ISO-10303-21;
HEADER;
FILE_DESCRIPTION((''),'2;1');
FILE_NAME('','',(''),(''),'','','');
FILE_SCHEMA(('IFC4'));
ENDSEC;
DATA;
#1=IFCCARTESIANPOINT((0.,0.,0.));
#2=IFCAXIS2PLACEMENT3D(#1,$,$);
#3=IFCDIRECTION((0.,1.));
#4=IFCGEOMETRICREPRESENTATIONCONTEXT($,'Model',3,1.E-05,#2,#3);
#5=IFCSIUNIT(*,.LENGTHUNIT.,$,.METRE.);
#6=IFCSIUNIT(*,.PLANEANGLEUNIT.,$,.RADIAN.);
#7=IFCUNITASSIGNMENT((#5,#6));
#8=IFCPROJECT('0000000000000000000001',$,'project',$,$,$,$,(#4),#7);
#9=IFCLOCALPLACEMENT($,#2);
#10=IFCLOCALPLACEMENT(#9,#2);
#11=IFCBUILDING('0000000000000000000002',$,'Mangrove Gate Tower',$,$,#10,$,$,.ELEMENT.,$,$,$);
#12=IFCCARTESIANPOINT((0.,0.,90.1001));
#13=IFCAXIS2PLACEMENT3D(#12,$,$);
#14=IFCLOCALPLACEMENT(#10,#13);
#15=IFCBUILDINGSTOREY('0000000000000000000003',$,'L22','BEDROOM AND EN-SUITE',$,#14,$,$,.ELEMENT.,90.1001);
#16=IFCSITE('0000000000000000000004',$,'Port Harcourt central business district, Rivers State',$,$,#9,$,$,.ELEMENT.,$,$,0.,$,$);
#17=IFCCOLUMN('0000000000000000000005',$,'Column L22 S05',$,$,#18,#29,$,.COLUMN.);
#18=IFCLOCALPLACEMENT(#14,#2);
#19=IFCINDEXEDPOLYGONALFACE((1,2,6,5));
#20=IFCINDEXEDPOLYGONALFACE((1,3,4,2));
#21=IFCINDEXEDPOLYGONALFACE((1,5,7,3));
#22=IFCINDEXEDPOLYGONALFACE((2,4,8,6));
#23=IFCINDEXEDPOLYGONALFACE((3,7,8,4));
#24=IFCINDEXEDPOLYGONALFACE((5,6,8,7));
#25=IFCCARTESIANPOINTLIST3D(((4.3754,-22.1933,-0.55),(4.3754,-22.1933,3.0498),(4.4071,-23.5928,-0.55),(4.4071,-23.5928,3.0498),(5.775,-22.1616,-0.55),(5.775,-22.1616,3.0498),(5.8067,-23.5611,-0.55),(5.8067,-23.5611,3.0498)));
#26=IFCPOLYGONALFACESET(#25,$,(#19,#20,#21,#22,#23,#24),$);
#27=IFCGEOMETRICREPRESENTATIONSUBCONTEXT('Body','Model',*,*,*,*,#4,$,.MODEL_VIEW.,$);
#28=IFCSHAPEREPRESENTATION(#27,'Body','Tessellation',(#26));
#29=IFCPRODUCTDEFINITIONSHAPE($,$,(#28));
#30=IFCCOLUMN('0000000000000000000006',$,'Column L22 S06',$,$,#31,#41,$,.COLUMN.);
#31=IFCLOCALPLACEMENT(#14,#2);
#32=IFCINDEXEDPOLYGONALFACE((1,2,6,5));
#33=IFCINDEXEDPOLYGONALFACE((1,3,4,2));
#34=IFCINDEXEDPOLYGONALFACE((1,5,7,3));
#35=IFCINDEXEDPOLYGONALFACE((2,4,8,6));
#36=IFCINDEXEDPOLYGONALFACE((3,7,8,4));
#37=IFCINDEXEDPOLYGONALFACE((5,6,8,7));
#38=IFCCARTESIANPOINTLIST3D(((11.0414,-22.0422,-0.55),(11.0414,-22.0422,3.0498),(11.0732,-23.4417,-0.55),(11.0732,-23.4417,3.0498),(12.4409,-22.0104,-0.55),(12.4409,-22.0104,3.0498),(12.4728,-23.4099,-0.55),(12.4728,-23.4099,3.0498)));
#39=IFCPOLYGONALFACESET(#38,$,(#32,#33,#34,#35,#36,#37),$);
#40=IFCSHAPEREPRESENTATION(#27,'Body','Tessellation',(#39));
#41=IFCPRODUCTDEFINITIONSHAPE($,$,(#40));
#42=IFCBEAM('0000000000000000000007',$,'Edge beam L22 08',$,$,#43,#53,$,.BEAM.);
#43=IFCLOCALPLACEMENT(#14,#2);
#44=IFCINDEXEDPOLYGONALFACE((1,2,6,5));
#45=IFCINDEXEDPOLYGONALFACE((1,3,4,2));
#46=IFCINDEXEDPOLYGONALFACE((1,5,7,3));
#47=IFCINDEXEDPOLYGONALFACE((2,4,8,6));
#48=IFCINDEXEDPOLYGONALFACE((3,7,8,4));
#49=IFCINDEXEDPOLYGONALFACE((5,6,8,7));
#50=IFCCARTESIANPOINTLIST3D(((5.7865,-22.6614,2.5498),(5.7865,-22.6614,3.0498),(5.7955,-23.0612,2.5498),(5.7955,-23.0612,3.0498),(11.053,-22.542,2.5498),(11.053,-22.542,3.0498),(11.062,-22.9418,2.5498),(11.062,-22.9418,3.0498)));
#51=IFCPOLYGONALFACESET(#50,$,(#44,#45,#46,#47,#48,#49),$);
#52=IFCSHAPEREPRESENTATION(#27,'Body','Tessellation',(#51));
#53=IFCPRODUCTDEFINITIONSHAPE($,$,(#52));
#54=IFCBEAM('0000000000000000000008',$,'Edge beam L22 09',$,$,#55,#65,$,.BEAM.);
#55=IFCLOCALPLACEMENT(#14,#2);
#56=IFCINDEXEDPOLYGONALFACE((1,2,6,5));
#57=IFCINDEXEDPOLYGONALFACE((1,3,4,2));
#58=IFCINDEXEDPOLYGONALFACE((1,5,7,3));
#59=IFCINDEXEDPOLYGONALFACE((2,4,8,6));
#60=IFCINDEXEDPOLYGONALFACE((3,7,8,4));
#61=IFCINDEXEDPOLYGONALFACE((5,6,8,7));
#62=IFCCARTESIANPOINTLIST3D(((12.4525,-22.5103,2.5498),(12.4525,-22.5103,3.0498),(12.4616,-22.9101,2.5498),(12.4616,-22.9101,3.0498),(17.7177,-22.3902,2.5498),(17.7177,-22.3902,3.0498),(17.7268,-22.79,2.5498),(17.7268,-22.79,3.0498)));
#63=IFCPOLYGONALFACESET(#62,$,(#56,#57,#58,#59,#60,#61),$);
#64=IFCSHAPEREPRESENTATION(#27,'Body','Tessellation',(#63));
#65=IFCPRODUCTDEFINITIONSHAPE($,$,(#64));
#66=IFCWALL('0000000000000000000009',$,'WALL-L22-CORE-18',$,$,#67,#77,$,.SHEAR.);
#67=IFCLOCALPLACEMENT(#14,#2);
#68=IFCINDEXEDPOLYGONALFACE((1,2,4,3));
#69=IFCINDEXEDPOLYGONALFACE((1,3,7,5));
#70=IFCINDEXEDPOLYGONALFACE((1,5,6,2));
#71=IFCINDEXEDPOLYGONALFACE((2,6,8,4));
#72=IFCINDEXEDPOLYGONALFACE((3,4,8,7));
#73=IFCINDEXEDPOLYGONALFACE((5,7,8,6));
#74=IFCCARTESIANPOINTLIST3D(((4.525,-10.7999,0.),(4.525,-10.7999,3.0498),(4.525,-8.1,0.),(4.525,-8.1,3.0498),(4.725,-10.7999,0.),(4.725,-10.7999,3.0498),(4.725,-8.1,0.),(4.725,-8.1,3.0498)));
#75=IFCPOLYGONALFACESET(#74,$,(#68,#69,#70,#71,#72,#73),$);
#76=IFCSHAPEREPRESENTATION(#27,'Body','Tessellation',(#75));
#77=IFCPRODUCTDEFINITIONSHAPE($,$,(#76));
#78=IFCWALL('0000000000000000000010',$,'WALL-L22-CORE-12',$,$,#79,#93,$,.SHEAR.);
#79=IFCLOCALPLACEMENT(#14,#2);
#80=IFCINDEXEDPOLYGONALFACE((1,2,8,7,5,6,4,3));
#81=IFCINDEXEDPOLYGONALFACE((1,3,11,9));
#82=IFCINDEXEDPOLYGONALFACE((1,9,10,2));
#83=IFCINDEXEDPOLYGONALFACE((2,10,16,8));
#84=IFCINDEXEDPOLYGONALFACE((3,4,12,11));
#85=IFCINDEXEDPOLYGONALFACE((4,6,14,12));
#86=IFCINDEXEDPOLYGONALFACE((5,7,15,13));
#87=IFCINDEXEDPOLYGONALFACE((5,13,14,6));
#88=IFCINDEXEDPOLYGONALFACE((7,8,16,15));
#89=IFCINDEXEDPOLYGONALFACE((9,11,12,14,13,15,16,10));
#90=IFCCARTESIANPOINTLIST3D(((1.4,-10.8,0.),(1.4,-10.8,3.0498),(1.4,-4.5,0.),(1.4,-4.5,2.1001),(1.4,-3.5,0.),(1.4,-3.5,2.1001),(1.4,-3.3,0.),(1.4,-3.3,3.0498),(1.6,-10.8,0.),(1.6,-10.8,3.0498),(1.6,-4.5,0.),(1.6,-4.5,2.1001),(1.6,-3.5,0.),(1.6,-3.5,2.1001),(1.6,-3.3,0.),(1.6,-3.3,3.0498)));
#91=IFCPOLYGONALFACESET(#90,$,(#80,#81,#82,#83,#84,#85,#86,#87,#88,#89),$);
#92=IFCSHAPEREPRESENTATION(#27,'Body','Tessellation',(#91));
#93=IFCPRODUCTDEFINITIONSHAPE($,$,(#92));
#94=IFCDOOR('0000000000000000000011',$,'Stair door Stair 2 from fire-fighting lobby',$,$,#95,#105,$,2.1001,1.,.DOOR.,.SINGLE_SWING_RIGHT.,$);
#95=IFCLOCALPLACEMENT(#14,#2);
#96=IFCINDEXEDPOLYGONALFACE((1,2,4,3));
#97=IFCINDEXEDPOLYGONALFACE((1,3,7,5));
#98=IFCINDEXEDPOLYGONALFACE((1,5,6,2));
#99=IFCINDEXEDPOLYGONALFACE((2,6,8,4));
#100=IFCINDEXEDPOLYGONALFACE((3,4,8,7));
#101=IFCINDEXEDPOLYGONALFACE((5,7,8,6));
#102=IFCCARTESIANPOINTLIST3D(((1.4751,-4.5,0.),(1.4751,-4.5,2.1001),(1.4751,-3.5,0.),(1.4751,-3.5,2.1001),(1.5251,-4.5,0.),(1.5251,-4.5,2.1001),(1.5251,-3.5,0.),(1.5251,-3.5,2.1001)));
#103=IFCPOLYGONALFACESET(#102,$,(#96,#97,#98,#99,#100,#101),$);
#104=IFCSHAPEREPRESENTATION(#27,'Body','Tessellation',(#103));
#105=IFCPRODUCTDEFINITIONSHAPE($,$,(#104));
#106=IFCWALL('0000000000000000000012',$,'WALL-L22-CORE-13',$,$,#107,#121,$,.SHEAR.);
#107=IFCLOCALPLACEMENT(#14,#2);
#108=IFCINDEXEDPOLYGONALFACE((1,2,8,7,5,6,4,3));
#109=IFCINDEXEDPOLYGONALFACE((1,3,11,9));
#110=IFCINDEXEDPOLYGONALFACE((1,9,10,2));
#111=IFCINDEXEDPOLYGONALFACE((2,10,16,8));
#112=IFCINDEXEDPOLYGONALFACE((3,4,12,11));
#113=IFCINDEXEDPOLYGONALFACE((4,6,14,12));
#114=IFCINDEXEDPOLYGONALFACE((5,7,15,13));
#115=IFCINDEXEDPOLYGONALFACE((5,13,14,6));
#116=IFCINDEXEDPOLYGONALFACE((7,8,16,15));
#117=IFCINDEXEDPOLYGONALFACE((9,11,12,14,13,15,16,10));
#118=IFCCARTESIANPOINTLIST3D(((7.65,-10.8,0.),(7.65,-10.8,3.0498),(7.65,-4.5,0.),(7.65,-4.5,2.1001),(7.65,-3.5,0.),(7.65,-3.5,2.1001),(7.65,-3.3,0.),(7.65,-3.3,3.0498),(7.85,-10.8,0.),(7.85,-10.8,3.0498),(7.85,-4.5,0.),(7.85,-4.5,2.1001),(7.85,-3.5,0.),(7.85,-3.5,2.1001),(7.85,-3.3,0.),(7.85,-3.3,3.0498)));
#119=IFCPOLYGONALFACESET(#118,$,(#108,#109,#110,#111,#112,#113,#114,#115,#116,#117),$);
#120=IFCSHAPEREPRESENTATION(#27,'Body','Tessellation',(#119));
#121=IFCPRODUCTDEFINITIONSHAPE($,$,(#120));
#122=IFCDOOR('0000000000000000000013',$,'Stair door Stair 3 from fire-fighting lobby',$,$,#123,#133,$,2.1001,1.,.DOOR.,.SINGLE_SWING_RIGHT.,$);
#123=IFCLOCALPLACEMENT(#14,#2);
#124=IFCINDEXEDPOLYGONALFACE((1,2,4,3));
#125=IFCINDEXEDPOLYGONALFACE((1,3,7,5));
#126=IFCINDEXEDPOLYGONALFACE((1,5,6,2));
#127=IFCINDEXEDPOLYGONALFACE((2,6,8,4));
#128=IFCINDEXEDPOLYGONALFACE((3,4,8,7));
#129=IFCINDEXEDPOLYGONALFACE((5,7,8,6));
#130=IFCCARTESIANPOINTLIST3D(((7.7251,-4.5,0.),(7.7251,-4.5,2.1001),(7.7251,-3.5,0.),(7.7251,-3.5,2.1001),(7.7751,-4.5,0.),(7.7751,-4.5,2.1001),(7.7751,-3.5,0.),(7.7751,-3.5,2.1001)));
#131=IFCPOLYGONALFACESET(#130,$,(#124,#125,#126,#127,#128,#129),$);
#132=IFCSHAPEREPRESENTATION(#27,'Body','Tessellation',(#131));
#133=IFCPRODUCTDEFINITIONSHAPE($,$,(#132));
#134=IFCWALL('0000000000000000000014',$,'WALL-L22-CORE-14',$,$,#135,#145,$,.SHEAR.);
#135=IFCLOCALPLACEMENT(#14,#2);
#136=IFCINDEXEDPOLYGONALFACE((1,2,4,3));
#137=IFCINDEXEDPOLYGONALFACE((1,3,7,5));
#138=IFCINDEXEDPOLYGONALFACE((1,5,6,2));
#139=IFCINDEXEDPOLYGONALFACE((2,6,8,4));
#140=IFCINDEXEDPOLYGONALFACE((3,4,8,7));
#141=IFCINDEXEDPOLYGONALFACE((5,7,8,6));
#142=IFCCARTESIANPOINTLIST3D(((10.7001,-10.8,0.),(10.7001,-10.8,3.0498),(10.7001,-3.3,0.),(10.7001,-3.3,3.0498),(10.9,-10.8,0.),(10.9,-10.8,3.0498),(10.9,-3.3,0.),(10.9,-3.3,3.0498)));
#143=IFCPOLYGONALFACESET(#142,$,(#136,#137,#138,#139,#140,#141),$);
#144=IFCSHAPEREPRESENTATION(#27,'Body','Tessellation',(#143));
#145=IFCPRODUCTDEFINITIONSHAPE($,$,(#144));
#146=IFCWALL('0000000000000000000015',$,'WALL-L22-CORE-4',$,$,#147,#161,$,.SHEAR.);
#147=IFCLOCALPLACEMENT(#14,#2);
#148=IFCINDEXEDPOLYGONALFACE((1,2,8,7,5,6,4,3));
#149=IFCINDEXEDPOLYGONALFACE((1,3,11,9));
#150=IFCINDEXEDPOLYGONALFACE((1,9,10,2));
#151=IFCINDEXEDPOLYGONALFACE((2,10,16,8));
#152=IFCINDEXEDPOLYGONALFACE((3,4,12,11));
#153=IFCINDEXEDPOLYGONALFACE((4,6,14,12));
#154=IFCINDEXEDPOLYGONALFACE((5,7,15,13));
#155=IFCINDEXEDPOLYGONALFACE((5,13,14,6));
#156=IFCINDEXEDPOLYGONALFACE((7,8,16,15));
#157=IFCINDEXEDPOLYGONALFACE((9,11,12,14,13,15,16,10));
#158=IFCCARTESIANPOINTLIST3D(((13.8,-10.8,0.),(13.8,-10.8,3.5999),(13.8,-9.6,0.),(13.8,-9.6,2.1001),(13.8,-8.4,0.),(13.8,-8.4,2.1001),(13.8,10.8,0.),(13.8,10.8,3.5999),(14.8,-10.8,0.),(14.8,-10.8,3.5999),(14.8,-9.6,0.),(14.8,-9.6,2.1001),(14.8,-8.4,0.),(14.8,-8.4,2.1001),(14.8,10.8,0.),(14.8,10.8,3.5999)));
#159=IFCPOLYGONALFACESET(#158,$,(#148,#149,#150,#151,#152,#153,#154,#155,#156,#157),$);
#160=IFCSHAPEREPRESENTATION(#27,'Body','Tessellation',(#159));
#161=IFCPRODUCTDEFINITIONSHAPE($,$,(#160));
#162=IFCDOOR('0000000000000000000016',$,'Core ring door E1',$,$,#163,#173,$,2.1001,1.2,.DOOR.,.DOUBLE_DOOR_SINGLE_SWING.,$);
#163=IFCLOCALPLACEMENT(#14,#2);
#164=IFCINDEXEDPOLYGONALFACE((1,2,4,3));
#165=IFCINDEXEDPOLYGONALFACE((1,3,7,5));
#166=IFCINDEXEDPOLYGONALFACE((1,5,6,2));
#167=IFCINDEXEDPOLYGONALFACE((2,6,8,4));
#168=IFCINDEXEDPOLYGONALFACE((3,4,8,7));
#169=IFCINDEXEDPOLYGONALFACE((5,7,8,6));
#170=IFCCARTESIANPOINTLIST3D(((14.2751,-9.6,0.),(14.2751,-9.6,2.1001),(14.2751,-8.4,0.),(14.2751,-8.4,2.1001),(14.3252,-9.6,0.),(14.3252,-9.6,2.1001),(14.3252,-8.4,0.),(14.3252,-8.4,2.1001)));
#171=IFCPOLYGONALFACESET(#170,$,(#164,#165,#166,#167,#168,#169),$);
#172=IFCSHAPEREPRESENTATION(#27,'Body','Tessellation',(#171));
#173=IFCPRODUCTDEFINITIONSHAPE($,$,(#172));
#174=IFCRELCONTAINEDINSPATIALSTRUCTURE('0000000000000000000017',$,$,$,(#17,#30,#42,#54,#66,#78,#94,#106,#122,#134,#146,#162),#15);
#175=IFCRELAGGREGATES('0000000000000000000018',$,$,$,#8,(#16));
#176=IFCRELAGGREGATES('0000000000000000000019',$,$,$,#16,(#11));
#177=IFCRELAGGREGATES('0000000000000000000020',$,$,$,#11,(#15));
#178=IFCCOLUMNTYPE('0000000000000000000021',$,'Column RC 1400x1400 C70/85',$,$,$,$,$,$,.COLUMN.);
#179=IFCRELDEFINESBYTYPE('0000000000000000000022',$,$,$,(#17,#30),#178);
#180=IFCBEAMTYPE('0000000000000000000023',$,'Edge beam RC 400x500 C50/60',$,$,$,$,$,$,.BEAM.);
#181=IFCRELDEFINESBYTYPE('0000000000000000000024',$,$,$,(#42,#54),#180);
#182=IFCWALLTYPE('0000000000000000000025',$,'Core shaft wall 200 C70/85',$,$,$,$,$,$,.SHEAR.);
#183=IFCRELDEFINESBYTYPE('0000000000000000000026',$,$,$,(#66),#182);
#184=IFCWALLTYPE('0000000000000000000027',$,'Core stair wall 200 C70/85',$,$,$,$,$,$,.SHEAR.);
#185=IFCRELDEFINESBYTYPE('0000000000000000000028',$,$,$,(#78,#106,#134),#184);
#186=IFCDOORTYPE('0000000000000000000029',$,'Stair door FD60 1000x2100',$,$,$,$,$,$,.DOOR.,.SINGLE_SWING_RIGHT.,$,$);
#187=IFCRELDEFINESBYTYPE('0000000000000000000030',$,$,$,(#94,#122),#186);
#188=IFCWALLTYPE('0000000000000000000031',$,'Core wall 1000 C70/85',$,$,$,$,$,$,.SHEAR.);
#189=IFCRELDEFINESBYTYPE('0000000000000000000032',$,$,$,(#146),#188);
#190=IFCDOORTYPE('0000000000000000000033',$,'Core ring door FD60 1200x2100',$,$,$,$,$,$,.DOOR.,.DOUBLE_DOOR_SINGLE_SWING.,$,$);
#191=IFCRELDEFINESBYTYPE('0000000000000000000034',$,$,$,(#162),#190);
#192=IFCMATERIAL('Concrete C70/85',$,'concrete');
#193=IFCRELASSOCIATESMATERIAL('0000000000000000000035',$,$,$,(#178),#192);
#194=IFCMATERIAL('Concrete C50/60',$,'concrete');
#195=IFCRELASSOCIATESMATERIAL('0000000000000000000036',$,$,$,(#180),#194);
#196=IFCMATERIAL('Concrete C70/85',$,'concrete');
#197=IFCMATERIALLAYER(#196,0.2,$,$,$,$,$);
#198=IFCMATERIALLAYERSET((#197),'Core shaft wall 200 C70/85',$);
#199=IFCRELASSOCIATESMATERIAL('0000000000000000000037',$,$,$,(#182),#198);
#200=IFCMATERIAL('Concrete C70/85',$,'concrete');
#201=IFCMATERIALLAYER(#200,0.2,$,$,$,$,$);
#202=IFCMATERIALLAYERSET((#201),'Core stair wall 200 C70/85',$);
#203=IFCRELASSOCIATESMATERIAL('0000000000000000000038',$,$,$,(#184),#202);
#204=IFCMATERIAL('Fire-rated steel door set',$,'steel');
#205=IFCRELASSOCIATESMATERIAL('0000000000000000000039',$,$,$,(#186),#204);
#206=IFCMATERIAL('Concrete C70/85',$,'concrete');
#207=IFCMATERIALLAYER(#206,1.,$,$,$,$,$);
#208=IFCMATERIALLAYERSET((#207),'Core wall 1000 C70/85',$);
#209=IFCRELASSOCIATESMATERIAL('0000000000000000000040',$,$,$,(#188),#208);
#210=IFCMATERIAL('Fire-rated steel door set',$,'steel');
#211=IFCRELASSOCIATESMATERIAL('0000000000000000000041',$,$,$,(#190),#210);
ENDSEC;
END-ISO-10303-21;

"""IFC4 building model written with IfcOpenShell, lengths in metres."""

from ifc_helpers import new_model, si_unit, direction, frame, frame_2d, origin, origin_2d, place, context, subcontext, project, spatial, rectangle, extrude, material, layer, layer_set, material_profile, profile_set, type_object, element, fill, save


model = new_model("IFC4")

# Units and contexts
model_context = context("Model", 3, precision=1e-05, world=origin(), true_north=direction((0.0, 1.0)))
body_context = subcontext(model_context, "Body", "Model", "MODEL_VIEW")
ifc_project = project(units=[si_unit("LENGTHUNIT", "METRE"), si_unit("PLANEANGLEUNIT", "RADIAN")], contexts=[model_context])

# Site, building, storey
site_placement = place(None, origin())
site = spatial("IfcSite", under=ifc_project, at=site_placement, Name="Port Harcourt central business district, Rivers State", CompositionType="ELEMENT", RefElevation=0.0)
building_placement = place(site_placement, origin())
building = spatial("IfcBuilding", under=site, at=building_placement, Name="Mangrove Gate Tower", CompositionType="ELEMENT")
storey_placement = place(building_placement, frame((0.0, 0.0, 90.1001)))
storey = spatial("IfcBuildingStorey", under=building, at=storey_placement, Name="L22", Description="BEDROOM AND EN-SUITE", CompositionType="ELEMENT", Elevation=90.1001)

# Columns
ifc_material_1 = material(Name="Concrete C70/85", Category="concrete")
ifc_material_profile_1 = material_profile(ifc_material_1, rectangle(XDim=1.3999, YDim=1.3999, at=origin_2d()))
ifc_profile_set_1 = profile_set([ifc_material_profile_1], Name="Concrete C70/85")
column_type = type_object("IfcColumnType", Name="Column RC 1400x1400 C70/85", PredefinedType="COLUMN", material=ifc_profile_set_1)
for number, where, z_axis, x_axis, name in (
    (1, (5.0911, -22.8772, -0.55), (0.0, 0.0, 1.0), (0.999744, 0.022646, 0.0), "Column L22 S05"),
    (2, (11.7571, -22.7261, -0.55), (0.0, 0.0, 1.0), (0.999742, 0.022723, 0.0), "Column L22 S06"),
):
    element("IfcColumn", number, at=place(storey_placement, frame(where, z_axis=z_axis, x_axis=x_axis)), inside=storey, type_object=column_type, Name=name, PredefinedType="COLUMN", context=body_context, shape_type="SweptSolid", body=[
        extrude(rectangle(XDim=1.3999, YDim=1.3999, at=origin_2d()), origin(), (0.0, 0.0, 1.0), 3.5999),
    ])

# Beams
ifc_material_2 = material(Name="Concrete C50/60", Category="concrete")
ifc_material_profile_2 = material_profile(ifc_material_2, rectangle(XDim=0.3999, YDim=0.5, at=origin_2d()))
ifc_profile_set_2 = profile_set([ifc_material_profile_2], Name="Concrete C50/60")
beam_type = type_object("IfcBeamType", Name="Edge beam RC 400x500 C50/60", PredefinedType="BEAM", material=ifc_profile_set_2)
beam_1_placement = place(storey_placement, frame((5.791, -22.8613, 2.7998), z_axis=(0.999743, 0.022664, 0.0), x_axis=(-0.022664, 0.999743, 0.0)))
element("IfcBeam", 3, at=beam_1_placement, inside=storey, type_object=beam_type, Name="Edge beam L22 08", PredefinedType="BEAM", context=body_context, shape_type="SweptSolid", body=[
    extrude(rectangle(XDim=0.3999, YDim=0.5, at=origin_2d()), origin(), (0.0, 0.0, 1.0), 5.2678),
])
beam_2_placement = place(storey_placement, frame((12.457, -22.7102, 2.7998), z_axis=(0.99974, 0.022808, 0.0), x_axis=(-0.022808, 0.99974, 0.0)))
element("IfcBeam", 4, at=beam_2_placement, inside=storey, type_object=beam_type, Name="Edge beam L22 09", PredefinedType="BEAM", context=body_context, shape_type="SweptSolid", body=[
    extrude(rectangle(XDim=0.3999, YDim=0.5, at=origin_2d()), origin(), (0.0, 0.0, 1.0), 5.2666),
])

# Wall
ifc_material_3 = material(Name="Concrete C70/85", Category="concrete")
ifc_layer_1 = layer(ifc_material_3, 0.2)
ifc_layer_set_1 = layer_set([ifc_layer_1], Name="Core shaft wall 200 C70/85")
wall_type_1 = type_object("IfcWallType", Name="Core shaft wall 200 C70/85", PredefinedType="SHEAR", material=ifc_layer_set_1)
wall_1_placement = place(storey_placement, frame((4.625, -10.8, 0.0), z_axis=(0.0, 0.0, 1.0), x_axis=(0.0, 1.0, 0.0)))
element("IfcWall", 5, at=wall_1_placement, inside=storey, type_object=wall_type_1, Name="WALL-L22-CORE-18", PredefinedType="SHEAR", context=body_context, shape_type="SweptSolid", body=[
    extrude(rectangle(XDim=2.7, YDim=0.2, at=frame_2d((1.3501, 0.0))), origin(), (0.0, 0.0, 1.0), 3.0498),
])

# Walls, openings, doors
ifc_material_4 = material(Name="Concrete C70/85", Category="concrete")
ifc_layer_2 = layer(ifc_material_4, 0.2)
ifc_layer_set_2 = layer_set([ifc_layer_2], Name="Core stair wall 200 C70/85")
wall_type_2 = type_object("IfcWallType", Name="Core stair wall 200 C70/85", PredefinedType="SHEAR", material=ifc_layer_set_2)
wall_2_placement = place(storey_placement, frame((1.5, -10.8, 0.0), z_axis=(0.0, 0.0, 1.0), x_axis=(0.0, 1.0, 0.0)))
wall_2 = element("IfcWall", 6, at=wall_2_placement, inside=storey, type_object=wall_type_2, Name="WALL-L22-CORE-12", PredefinedType="SHEAR", context=body_context, shape_type="SweptSolid", body=[
    extrude(rectangle(XDim=7.5, YDim=0.2, at=frame_2d((3.75, 0.0))), origin(), (0.0, 0.0, 1.0), 3.0498),
])
opening_1_placement = place(wall_2_placement, frame((6.3, 0.0, 0.0)))
opening_1 = element("IfcOpeningElement", 7, at=opening_1_placement, cuts=wall_2, PredefinedType="OPENING", context=body_context, shape_type="SweptSolid", body=[
    extrude(rectangle(XDim=1.0, YDim=2.1001, at=frame_2d((0.5, 1.05))), frame((0.0, 0.1099, 0.0), z_axis=(0.0, -1.0, 0.0), x_axis=(1.0, 0.0, 0.0)), (0.0, 0.0, 1.0), 0.22),
])
ifc_material_5 = material(Name="Fire-rated steel door set", Category="steel")
door_type_1 = type_object("IfcDoorType", Name="Stair door FD60 1000x2100", OperationType="SINGLE_SWING_RIGHT", PredefinedType="DOOR", material=ifc_material_5)
door_1_placement = place(opening_1_placement, origin())
door_1 = element("IfcDoor", 8, at=door_1_placement, inside=storey, type_object=door_type_1, Name="Stair door Stair 2 from fire-fighting lobby", OperationType="SINGLE_SWING_RIGHT", OverallHeight=2.1001, OverallWidth=1.0, PredefinedType="DOOR", context=body_context, shape_type="SweptSolid", body=[
    extrude(rectangle(XDim=1.0, YDim=2.1001, at=frame_2d((0.5, 1.05))), frame((0.0, 0.0249, 0.0), z_axis=(0.0, -1.0, 0.0), x_axis=(1.0, 0.0, 0.0)), (0.0, 0.0, 1.0), 0.05),
])
fill(opening_1, door_1)
wall_3_placement = place(storey_placement, frame((7.75, -10.8, 0.0), z_axis=(0.0, 0.0, 1.0), x_axis=(0.0, 1.0, 0.0)))
wall_3 = element("IfcWall", 9, at=wall_3_placement, inside=storey, type_object=wall_type_2, Name="WALL-L22-CORE-13", PredefinedType="SHEAR", context=body_context, shape_type="SweptSolid", body=[
    extrude(rectangle(XDim=7.5, YDim=0.2, at=frame_2d((3.75, 0.0))), origin(), (0.0, 0.0, 1.0), 3.0498),
])
opening_2_placement = place(wall_3_placement, frame((6.3, 0.0, 0.0)))
opening_2 = element("IfcOpeningElement", 10, at=opening_2_placement, cuts=wall_3, PredefinedType="OPENING", context=body_context, shape_type="SweptSolid", body=[
    extrude(rectangle(XDim=1.0, YDim=2.1001, at=frame_2d((0.5, 1.05))), frame((0.0, 0.1099, 0.0), z_axis=(0.0, -1.0, 0.0), x_axis=(1.0, 0.0, 0.0)), (0.0, 0.0, 1.0), 0.22),
])
door_2_placement = place(opening_2_placement, origin())
door_2 = element("IfcDoor", 11, at=door_2_placement, inside=storey, type_object=door_type_1, Name="Stair door Stair 3 from fire-fighting lobby", OperationType="SINGLE_SWING_RIGHT", OverallHeight=2.1001, OverallWidth=1.0, PredefinedType="DOOR", context=body_context, shape_type="SweptSolid", body=[
    extrude(rectangle(XDim=1.0, YDim=2.1001, at=frame_2d((0.5, 1.05))), frame((0.0, 0.0249, 0.0), z_axis=(0.0, -1.0, 0.0), x_axis=(1.0, 0.0, 0.0)), (0.0, 0.0, 1.0), 0.05),
])
fill(opening_2, door_2)

# Wall
wall_4_placement = place(storey_placement, frame((10.8, -10.8, 0.0), z_axis=(0.0, 0.0, 1.0), x_axis=(0.0, 1.0, 0.0)))
element("IfcWall", 12, at=wall_4_placement, inside=storey, type_object=wall_type_2, Name="WALL-L22-CORE-14", PredefinedType="SHEAR", context=body_context, shape_type="SweptSolid", body=[
    extrude(rectangle(XDim=7.5, YDim=0.2, at=frame_2d((3.75, 0.0))), origin(), (0.0, 0.0, 1.0), 3.0498),
])

# Wall, opening, door
ifc_material_6 = material(Name="Concrete C70/85", Category="concrete")
ifc_layer_3 = layer(ifc_material_6, 1.0)
ifc_layer_set_3 = layer_set([ifc_layer_3], Name="Core wall 1000 C70/85")
wall_type_3 = type_object("IfcWallType", Name="Core wall 1000 C70/85", PredefinedType="SHEAR", material=ifc_layer_set_3)
wall_5_placement = place(storey_placement, frame((14.3, -10.8, 0.0), z_axis=(0.0, 0.0, 1.0), x_axis=(0.0, 1.0, 0.0)))
wall_5 = element("IfcWall", 13, at=wall_5_placement, inside=storey, type_object=wall_type_3, Name="WALL-L22-CORE-4", PredefinedType="SHEAR", context=body_context, shape_type="SweptSolid", body=[
    extrude(rectangle(XDim=21.6001, YDim=1.0, at=frame_2d((10.8, 0.0))), origin(), (0.0, 0.0, 1.0), 3.5999),
])
opening_3_placement = place(wall_5_placement, frame((1.2, 0.0, 0.0)))
opening_3 = element("IfcOpeningElement", 14, at=opening_3_placement, cuts=wall_5, PredefinedType="OPENING", context=body_context, shape_type="SweptSolid", body=[
    extrude(rectangle(XDim=1.2, YDim=2.1001, at=frame_2d((0.6001, 1.05))), frame((0.0, 0.51, 0.0), z_axis=(0.0, -1.0, 0.0), x_axis=(1.0, 0.0, 0.0)), (0.0, 0.0, 1.0), 1.02),
])
ifc_material_7 = material(Name="Fire-rated steel door set", Category="steel")
door_type_2 = type_object("IfcDoorType", Name="Core ring door FD60 1200x2100", OperationType="DOUBLE_DOOR_SINGLE_SWING", PredefinedType="DOOR", material=ifc_material_7)
door_3_placement = place(opening_3_placement, origin())
door_3 = element("IfcDoor", 15, at=door_3_placement, inside=storey, type_object=door_type_2, Name="Core ring door E1", OperationType="DOUBLE_DOOR_SINGLE_SWING", OverallHeight=2.1001, OverallWidth=1.2, PredefinedType="DOOR", context=body_context, shape_type="SweptSolid", body=[
    extrude(rectangle(XDim=1.2, YDim=2.1001, at=frame_2d((0.6001, 1.05))), frame((0.0, 0.0249, 0.0), z_axis=(0.0, -1.0, 0.0), x_axis=(1.0, 0.0, 0.0)), (0.0, 0.0, 1.0), 0.05),
])
fill(opening_3, door_3)

save(model, "model.ifc")
